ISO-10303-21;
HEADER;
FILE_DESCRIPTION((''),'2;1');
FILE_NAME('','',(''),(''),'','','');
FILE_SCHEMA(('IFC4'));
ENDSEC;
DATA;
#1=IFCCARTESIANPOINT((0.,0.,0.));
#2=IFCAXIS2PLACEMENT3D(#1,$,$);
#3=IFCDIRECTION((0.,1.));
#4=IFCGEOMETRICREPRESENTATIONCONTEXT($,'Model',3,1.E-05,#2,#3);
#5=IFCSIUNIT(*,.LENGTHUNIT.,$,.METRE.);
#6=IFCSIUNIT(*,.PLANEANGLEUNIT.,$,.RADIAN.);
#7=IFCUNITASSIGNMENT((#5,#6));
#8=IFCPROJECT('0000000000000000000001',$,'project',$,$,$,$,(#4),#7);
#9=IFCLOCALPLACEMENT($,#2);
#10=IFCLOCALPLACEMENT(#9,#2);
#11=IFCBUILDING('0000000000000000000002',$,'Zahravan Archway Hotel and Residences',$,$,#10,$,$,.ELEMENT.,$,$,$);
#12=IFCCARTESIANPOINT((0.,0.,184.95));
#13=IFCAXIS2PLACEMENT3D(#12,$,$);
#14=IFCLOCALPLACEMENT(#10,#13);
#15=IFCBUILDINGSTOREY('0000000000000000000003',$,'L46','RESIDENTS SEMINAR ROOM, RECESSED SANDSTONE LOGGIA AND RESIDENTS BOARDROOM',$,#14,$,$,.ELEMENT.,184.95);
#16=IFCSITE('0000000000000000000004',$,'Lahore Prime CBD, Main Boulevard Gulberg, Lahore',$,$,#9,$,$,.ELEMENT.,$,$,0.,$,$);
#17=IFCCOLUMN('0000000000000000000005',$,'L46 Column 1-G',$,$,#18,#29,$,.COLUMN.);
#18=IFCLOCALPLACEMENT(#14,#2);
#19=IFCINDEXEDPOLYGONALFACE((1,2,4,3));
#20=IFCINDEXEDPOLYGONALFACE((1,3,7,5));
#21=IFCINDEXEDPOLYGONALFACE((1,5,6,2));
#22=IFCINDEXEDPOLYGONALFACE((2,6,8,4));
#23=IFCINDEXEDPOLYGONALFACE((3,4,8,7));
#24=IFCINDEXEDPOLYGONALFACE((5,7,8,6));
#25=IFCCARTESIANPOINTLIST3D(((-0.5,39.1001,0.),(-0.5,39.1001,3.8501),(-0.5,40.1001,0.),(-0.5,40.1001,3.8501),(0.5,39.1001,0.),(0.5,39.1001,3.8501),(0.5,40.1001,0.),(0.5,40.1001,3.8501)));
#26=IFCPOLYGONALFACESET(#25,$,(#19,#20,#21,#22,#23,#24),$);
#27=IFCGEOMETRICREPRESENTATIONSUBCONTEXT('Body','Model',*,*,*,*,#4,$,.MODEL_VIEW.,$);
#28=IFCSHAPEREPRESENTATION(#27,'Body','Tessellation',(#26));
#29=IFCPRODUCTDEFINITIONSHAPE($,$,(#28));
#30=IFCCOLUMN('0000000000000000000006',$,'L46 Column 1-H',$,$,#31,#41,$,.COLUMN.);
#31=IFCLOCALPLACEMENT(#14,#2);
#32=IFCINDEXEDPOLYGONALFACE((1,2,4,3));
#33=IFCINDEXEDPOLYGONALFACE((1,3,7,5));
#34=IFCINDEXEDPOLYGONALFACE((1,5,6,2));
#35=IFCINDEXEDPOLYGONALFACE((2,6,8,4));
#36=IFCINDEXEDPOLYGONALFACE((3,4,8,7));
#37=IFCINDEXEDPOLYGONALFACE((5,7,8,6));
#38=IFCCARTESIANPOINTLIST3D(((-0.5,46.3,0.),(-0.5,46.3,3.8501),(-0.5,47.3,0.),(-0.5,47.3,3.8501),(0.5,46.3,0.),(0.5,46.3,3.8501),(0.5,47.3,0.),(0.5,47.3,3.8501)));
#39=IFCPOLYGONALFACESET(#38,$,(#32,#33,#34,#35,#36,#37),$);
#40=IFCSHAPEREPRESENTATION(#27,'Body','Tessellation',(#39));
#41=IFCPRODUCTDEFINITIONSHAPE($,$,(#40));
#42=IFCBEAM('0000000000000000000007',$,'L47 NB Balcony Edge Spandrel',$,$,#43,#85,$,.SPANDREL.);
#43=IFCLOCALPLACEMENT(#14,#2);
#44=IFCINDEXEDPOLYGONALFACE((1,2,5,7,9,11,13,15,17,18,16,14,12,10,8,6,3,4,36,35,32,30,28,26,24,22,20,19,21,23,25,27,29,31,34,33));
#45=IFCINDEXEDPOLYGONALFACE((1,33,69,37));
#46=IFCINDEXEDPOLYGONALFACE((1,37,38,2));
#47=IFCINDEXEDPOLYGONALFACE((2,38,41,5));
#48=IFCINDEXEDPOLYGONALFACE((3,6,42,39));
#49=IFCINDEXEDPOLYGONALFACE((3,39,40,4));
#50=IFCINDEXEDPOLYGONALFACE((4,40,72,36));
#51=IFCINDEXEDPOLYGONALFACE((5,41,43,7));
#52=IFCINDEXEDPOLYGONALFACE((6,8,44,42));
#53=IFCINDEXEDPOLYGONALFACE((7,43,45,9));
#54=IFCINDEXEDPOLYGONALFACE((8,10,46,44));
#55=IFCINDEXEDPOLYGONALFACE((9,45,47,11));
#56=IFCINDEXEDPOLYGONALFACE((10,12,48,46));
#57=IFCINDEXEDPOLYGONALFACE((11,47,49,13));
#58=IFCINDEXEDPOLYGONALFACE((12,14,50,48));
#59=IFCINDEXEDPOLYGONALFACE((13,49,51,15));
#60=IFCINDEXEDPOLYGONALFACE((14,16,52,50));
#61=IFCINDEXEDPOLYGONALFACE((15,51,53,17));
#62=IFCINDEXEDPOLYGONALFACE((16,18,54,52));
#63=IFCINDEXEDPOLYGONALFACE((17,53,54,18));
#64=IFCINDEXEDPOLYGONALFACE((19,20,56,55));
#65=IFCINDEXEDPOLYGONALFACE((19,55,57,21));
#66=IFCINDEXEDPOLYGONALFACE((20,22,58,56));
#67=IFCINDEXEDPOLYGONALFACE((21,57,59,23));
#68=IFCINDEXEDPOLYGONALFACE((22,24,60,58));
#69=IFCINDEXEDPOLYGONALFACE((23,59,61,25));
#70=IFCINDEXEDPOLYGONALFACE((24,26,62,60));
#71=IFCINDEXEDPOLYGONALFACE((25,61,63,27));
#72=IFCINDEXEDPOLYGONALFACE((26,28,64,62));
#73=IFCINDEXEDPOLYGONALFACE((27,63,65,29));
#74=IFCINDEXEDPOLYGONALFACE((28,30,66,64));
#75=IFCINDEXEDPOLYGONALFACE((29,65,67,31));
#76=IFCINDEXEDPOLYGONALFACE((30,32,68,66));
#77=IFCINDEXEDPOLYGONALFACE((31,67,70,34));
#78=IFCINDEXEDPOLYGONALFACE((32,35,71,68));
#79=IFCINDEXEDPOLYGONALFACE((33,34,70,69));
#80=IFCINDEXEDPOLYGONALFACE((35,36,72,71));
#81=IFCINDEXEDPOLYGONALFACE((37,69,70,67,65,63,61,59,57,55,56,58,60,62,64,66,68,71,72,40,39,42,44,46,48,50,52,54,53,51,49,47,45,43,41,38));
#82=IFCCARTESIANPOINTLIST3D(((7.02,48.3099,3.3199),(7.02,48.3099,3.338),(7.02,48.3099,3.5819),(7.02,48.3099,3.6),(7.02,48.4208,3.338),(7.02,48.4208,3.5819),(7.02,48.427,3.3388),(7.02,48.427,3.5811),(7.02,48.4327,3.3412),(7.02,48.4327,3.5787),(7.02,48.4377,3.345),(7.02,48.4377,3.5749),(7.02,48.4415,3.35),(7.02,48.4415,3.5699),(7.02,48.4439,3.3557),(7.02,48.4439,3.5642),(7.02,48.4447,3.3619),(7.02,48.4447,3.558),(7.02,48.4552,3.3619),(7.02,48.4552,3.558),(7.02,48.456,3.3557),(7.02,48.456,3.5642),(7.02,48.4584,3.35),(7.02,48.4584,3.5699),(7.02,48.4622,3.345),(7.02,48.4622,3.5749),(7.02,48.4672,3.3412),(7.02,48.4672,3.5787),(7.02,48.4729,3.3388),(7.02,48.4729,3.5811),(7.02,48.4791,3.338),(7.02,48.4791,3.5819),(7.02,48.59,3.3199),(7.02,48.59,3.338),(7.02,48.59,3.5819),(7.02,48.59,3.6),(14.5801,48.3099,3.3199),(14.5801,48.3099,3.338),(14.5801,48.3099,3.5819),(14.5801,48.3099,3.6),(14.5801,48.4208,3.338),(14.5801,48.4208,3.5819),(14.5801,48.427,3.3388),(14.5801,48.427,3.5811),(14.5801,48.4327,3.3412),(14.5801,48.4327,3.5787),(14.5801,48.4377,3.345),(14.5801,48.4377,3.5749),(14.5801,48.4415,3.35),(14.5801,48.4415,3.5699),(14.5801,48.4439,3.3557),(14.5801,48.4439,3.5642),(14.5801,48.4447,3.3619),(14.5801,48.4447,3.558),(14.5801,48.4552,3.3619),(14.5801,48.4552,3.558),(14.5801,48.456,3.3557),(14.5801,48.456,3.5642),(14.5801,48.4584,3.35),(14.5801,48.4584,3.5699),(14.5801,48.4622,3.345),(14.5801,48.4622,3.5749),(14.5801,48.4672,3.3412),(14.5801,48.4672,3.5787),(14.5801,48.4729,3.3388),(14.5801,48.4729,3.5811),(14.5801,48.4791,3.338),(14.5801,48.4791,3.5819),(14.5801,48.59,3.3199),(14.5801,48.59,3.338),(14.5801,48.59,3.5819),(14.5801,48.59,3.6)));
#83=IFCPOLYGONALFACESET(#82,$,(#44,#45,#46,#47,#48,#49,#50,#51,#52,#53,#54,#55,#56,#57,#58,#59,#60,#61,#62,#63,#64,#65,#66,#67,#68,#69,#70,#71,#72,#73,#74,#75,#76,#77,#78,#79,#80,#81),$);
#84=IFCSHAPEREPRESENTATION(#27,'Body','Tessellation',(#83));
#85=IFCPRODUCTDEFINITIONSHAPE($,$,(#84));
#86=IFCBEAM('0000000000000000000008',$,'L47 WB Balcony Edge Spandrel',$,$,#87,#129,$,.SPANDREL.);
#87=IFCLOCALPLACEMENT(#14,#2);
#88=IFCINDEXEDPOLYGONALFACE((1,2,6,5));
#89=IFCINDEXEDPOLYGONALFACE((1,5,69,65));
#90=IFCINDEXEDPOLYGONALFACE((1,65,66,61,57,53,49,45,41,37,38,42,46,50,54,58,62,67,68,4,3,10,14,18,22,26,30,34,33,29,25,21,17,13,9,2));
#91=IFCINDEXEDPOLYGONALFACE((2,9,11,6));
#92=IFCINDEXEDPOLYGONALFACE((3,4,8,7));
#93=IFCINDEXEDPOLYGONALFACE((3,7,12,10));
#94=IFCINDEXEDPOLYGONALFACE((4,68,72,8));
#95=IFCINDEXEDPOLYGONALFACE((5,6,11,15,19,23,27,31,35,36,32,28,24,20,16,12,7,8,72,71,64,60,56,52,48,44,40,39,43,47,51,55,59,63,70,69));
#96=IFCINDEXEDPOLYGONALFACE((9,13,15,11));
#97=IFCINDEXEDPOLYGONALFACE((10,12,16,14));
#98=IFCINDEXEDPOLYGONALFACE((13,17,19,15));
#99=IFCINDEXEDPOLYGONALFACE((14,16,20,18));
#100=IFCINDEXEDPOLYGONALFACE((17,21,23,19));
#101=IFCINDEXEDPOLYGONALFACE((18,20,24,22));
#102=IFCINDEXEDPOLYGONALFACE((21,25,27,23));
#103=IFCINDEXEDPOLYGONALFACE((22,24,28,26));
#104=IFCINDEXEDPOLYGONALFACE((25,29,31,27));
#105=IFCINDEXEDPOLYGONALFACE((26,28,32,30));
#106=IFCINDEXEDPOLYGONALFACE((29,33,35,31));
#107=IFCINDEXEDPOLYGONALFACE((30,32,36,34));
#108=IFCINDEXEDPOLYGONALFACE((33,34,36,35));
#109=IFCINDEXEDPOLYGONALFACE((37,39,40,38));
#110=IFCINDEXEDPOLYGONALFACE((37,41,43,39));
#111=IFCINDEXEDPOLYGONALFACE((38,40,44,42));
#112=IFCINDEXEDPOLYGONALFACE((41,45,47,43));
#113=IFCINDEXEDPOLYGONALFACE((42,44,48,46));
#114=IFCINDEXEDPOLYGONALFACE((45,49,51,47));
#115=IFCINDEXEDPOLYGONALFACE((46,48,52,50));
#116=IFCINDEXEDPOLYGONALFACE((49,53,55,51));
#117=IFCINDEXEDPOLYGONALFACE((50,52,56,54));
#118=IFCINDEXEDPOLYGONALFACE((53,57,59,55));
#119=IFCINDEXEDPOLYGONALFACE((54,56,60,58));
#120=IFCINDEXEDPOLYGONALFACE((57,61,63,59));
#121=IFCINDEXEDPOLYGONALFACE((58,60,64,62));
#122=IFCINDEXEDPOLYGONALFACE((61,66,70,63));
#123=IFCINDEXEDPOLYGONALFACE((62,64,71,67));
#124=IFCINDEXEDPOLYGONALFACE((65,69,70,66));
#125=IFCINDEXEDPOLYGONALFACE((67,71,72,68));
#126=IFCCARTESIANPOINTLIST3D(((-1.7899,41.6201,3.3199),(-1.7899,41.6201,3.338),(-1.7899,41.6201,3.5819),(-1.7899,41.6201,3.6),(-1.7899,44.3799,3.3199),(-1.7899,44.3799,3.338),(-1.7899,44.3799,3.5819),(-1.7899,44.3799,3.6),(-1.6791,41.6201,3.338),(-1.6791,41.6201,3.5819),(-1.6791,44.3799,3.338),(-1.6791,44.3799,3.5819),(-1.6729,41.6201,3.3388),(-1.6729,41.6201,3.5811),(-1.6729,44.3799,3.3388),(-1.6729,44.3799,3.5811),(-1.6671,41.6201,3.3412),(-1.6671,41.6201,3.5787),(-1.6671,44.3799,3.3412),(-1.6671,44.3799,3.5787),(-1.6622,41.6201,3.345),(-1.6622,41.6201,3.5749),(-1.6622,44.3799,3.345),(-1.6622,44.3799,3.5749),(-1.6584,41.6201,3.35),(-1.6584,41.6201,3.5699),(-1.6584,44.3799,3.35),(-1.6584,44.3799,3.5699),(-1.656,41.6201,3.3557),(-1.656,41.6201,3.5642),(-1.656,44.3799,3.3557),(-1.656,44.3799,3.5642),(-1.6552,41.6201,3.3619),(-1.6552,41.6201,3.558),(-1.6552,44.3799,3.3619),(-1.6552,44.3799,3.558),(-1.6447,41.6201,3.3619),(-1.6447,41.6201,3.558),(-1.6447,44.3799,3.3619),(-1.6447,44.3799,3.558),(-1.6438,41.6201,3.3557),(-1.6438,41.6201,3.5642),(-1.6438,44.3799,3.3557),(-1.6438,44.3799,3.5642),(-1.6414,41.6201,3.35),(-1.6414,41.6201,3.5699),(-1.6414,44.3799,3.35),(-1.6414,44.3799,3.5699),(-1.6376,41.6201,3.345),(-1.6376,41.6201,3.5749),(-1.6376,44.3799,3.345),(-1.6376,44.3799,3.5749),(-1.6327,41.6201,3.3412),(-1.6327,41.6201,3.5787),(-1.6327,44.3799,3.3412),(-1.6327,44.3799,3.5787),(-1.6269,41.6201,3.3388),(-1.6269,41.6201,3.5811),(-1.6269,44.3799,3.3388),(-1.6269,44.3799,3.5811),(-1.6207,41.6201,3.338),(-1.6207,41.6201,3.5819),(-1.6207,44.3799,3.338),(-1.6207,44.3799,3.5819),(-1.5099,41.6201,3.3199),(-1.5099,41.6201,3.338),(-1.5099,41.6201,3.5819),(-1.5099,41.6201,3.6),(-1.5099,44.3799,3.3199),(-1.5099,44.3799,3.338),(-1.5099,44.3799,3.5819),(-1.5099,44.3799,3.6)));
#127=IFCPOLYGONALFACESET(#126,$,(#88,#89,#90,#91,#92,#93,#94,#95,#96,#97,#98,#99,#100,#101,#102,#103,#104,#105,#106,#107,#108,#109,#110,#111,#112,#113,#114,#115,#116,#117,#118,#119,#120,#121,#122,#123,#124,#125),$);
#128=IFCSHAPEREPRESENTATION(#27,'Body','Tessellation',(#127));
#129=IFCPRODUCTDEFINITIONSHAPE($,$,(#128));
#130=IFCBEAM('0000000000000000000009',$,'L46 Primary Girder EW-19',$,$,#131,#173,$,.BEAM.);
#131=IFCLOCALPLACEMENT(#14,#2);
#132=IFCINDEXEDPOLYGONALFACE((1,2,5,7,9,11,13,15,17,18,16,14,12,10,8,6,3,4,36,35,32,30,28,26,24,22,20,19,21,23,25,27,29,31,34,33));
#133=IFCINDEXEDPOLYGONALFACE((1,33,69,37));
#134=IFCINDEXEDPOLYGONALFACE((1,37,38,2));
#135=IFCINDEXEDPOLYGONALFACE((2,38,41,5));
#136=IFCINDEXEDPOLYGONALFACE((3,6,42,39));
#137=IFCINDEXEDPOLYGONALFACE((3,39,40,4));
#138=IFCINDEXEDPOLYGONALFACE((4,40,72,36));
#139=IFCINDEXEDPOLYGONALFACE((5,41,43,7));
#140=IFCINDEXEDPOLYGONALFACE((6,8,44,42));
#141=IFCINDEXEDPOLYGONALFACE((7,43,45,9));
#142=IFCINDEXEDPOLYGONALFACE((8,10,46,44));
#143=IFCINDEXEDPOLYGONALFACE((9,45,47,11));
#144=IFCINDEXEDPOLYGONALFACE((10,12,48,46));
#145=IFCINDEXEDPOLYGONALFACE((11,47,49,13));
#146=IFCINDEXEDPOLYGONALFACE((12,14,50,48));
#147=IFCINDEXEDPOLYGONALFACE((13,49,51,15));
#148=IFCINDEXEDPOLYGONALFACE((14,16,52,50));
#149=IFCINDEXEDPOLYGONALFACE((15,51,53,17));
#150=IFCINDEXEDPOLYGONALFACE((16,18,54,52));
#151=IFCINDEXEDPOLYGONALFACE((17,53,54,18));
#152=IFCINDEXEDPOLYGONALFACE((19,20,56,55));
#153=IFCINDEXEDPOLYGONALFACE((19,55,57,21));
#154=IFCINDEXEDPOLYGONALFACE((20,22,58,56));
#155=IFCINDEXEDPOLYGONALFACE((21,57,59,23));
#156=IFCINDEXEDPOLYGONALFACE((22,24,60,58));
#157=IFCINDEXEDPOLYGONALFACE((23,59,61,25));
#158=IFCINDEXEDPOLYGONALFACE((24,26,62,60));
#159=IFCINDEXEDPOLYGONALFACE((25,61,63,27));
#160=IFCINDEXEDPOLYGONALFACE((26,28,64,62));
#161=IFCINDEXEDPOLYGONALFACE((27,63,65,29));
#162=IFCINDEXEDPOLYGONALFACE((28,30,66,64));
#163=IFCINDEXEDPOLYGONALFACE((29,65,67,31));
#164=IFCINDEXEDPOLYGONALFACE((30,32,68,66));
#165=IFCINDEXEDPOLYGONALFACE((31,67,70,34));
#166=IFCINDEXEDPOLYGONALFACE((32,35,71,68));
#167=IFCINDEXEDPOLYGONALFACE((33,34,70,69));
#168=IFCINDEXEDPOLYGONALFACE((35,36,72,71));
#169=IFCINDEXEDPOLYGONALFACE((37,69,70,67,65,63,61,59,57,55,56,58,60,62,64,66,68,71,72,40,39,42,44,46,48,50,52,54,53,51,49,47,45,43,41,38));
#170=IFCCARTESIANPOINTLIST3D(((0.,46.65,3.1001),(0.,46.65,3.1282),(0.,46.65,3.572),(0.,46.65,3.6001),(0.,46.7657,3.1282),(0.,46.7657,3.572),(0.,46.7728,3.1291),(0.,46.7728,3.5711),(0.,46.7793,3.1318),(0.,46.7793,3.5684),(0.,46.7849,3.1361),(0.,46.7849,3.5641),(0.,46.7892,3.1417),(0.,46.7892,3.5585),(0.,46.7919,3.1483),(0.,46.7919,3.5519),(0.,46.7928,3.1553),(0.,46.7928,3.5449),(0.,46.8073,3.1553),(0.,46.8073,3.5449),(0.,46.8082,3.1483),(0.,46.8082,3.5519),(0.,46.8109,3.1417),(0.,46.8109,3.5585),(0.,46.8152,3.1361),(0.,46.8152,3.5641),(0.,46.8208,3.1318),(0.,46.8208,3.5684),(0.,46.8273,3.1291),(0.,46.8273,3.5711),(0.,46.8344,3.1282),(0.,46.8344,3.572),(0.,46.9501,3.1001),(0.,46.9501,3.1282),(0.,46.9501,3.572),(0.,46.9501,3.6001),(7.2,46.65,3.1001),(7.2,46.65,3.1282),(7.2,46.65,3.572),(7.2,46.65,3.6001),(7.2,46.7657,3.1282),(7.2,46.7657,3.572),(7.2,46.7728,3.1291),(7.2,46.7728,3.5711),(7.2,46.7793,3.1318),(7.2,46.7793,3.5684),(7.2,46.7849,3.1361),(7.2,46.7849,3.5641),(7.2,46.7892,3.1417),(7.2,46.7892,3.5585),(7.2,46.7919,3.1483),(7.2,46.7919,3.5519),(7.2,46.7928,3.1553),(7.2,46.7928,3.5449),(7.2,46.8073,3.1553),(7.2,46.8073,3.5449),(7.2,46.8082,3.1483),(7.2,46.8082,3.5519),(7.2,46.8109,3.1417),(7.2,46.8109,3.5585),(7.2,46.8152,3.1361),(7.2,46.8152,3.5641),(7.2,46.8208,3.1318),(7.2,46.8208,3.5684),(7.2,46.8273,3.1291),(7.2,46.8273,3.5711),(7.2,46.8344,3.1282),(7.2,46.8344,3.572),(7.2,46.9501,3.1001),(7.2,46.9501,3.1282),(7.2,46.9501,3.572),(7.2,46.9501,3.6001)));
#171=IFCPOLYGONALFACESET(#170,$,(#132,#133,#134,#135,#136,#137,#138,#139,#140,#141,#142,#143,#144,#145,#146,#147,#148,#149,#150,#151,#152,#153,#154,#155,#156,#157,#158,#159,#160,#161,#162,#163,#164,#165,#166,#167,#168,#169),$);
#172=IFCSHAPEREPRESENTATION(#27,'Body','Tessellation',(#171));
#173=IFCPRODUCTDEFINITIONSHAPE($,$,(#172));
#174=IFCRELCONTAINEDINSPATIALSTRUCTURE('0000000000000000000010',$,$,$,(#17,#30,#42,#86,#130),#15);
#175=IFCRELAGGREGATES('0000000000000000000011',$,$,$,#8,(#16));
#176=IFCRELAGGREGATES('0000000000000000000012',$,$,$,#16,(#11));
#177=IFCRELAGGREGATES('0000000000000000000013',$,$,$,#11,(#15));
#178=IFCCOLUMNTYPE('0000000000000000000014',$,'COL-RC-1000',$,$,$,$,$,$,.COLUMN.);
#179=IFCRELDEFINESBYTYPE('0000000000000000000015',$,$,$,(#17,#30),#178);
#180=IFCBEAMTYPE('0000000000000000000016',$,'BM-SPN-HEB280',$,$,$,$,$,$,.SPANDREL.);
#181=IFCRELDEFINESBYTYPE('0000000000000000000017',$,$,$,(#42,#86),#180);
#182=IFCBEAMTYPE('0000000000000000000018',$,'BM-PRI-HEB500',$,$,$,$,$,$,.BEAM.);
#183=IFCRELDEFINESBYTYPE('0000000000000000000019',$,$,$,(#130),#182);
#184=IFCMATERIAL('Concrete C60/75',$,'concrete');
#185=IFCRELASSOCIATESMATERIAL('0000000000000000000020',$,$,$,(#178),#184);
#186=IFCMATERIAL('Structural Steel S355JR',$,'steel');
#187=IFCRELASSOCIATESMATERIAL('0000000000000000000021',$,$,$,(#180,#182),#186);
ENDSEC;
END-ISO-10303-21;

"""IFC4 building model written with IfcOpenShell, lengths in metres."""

from ifc_helpers import new_model, si_unit, direction, frame, origin, origin_2d, place, context, subcontext, project, spatial, rectangle, i_section, extrude, source, transform, mapped, material, material_profile, profile_set, type_object, type_shapes, element, save


model = new_model("IFC4")

# Units and contexts
model_context = context("Model", 3, precision=1e-05, world=origin(), true_north=direction((0.0, 1.0)))
body_context = subcontext(model_context, "Body", "Model", "MODEL_VIEW")
ifc_project = project(units=[si_unit("LENGTHUNIT", "METRE"), si_unit("PLANEANGLEUNIT", "RADIAN")], contexts=[model_context])

# Site, building, storey
site_placement = place(None, origin())
site = spatial("IfcSite", under=ifc_project, at=site_placement, Name="Lahore Prime CBD, Main Boulevard Gulberg, Lahore", CompositionType="ELEMENT", RefElevation=0.0)
building_placement = place(site_placement, origin())
building = spatial("IfcBuilding", under=site, at=building_placement, Name="Zahravan Archway Hotel and Residences", CompositionType="ELEMENT")
storey_placement = place(building_placement, frame((0.0, 0.0, 184.95)))
storey = spatial("IfcBuildingStorey", under=building, at=storey_placement, Name="L46", Description="RESIDENTS SEMINAR ROOM, RECESSED SANDSTONE LOGGIA AND RESIDENTS BOARDROOM", CompositionType="ELEMENT", Elevation=184.95)

# Columns
ifc_material_1 = material(Name="Concrete C60/75", Category="concrete")
ifc_material_profile_1 = material_profile(ifc_material_1, rectangle(XDim=1.0, YDim=1.0, at=origin_2d()), Name="RC-COL-1000x1000", Category="concrete")
ifc_profile_set_1 = profile_set([ifc_material_profile_1], Name="Concrete C60/75")
column_type = type_object("IfcColumnType", Name="COL-RC-1000", PredefinedType="COLUMN", material=ifc_profile_set_1)
shared_shape_1 = source(origin(), body_context, "Body", "SweptSolid", [
    extrude(rectangle(XDim=1.0, YDim=1.0, at=origin_2d()), origin(), (0.0, 0.0, 1.0), 3.8501),
])
for number, where, z_axis, x_axis, name in (
    (1, (0.0, 39.6001, 0.0), (0.0, 0.0, 1.0), (1.0, 0.0, 0.0), "L46 Column 1-G"),
    (2, (0.0, 46.8, 0.0), (0.0, 0.0, 1.0), (1.0, 0.0, 0.0), "L46 Column 1-H"),
):
    element("IfcColumn", number, at=place(storey_placement, frame(where, z_axis=z_axis, x_axis=x_axis)), inside=storey, type_object=column_type, Name=name, PredefinedType="COLUMN", context=body_context, shape_type="MappedRepresentation", body=[
        mapped(shared_shape_1, transform((0.0, 0.0, 0.0), scale=1.0)),
    ])

# Beams
ifc_material_2 = material(Name="Structural Steel S355JR", Category="steel")
ifc_material_profile_2 = material_profile(ifc_material_2, i_section(OverallWidth=0.28, OverallDepth=0.28, WebThickness=0.0105, FlangeThickness=0.0181, FilletRadius=0.0239, at=origin_2d()), Name="HEB 280", Category="steel")
ifc_profile_set_2 = profile_set([ifc_material_profile_2], Name="Structural Steel S355JR")
beam_type_1 = type_object("IfcBeamType", Name="BM-SPN-HEB280", PredefinedType="SPANDREL", material=ifc_profile_set_2)
shared_shape_2 = source(origin(), body_context, "Body", "SweptSolid", [
    extrude(i_section(OverallWidth=0.28, OverallDepth=0.28, WebThickness=0.0105, FlangeThickness=0.0181, FilletRadius=0.0239, at=origin_2d()), origin(), (0.0, 0.0, 1.0), 7.5601),
])
type_shapes(beam_type_1, [shared_shape_2])
beam_1_placement = place(storey_placement, frame((7.02, 48.45, 3.46), z_axis=(1.0, 0.0, 0.0), x_axis=(0.0, 1.0, 0.0)))
element("IfcBeam", 3, at=beam_1_placement, inside=storey, type_object=beam_type_1, Name="L47 NB Balcony Edge Spandrel", PredefinedType="SPANDREL", context=body_context, shape_type="MappedRepresentation", body=[
    mapped(shared_shape_2, transform((0.0, 0.0, 0.0), scale=1.0)),
])
shared_shape_3 = source(origin(), body_context, "Body", "SweptSolid", [
    extrude(i_section(OverallWidth=0.28, OverallDepth=0.28, WebThickness=0.0105, FlangeThickness=0.0181, FilletRadius=0.0239, at=origin_2d()), origin(), (0.0, 0.0, 1.0), 2.7598),
])
beam_2_placement = place(storey_placement, frame((-1.6499, 41.6201, 3.46), z_axis=(0.0, 1.0, 0.0), x_axis=(-1.0, 0.0, 0.0)))
element("IfcBeam", 4, at=beam_2_placement, inside=storey, type_object=beam_type_1, Name="L47 WB Balcony Edge Spandrel", PredefinedType="SPANDREL", context=body_context, shape_type="MappedRepresentation", body=[
    mapped(shared_shape_3, transform((0.0, 0.0, 0.0), scale=1.0)),
])
ifc_material_profile_3 = material_profile(ifc_material_2, i_section(OverallWidth=0.3, OverallDepth=0.5, WebThickness=0.0144, FlangeThickness=0.0281, FilletRadius=0.0271, at=origin_2d()), Name="HEB 500", Category="steel")
ifc_profile_set_3 = profile_set([ifc_material_profile_3], Name="Structural Steel S355JR")
beam_type_2 = type_object("IfcBeamType", Name="BM-PRI-HEB500", PredefinedType="BEAM", material=ifc_profile_set_3)
shared_shape_4 = source(origin(), body_context, "Body", "SweptSolid", [
    extrude(i_section(OverallWidth=0.3, OverallDepth=0.5, WebThickness=0.0144, FlangeThickness=0.0281, FilletRadius=0.0271, at=origin_2d()), origin(), (0.0, 0.0, 1.0), 7.2),
])
for number, where, z_axis, x_axis, name in (
    (5, (0.0, 46.8, 3.3501), (1.0, 0.0, 0.0), (0.0, 1.0, 0.0), "L46 Primary Girder EW-19"),
):
    element("IfcBeam", number, at=place(storey_placement, frame(where, z_axis=z_axis, x_axis=x_axis)), inside=storey, type_object=beam_type_2, Name=name, PredefinedType="BEAM", context=body_context, shape_type="MappedRepresentation", body=[
        mapped(shared_shape_4, transform((0.0, 0.0, 0.0), scale=1.0)),
    ])

save(model, "model.ifc")
